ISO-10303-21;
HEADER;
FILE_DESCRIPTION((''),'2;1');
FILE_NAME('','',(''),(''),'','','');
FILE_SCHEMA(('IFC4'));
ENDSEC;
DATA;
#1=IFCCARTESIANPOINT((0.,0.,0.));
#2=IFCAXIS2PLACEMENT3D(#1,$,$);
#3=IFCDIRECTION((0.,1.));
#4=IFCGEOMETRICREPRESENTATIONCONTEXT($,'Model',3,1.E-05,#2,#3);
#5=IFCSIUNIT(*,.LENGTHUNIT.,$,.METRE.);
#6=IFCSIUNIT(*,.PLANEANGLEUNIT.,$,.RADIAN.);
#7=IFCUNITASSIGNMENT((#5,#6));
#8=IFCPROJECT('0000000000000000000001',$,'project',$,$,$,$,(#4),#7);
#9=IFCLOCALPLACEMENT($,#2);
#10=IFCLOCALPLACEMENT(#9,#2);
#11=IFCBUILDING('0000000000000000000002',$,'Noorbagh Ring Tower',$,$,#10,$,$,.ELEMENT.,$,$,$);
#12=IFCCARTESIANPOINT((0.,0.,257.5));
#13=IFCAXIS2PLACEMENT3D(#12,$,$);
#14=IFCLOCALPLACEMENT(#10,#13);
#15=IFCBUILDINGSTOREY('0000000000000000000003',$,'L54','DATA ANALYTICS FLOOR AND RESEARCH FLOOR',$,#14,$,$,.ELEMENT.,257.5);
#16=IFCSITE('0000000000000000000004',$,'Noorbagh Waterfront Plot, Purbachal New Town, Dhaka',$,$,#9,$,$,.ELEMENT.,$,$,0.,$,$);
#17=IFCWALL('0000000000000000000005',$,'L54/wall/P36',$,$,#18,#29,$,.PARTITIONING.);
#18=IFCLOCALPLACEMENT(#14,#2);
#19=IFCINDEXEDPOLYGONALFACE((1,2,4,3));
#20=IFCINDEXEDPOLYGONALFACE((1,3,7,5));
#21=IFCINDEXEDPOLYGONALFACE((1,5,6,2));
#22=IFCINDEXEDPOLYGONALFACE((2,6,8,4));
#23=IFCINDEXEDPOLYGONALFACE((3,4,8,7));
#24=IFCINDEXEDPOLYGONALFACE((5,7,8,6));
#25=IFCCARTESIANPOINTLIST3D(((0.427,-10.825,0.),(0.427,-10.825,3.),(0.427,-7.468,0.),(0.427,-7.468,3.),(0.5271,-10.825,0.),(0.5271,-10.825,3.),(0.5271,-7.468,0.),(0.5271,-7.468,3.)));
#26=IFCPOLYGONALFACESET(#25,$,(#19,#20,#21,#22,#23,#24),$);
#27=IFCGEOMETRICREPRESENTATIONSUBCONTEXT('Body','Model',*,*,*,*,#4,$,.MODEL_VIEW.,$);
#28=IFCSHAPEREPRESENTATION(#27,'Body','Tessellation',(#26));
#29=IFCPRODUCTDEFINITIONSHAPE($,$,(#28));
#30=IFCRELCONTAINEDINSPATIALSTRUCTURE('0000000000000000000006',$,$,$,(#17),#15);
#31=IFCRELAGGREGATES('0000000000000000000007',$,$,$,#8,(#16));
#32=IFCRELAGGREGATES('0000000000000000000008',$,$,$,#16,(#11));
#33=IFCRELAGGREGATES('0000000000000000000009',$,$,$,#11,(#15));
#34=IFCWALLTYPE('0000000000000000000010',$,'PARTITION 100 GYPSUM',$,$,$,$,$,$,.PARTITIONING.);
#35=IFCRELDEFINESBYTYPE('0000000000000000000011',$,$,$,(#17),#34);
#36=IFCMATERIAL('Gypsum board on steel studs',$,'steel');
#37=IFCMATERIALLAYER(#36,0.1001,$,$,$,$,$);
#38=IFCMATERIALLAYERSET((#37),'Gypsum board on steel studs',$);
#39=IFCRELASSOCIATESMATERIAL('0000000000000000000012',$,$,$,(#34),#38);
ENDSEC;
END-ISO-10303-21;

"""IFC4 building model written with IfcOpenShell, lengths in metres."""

from ifc_helpers import new_model, si_unit, direction, frame, frame_2d, origin, place, context, subcontext, project, spatial, rectangle, extrude, material, layer, layer_set, type_object, element, save


model = new_model("IFC4")

# Units and contexts
model_context = context("Model", 3, precision=1e-05, world=origin(), true_north=direction((0.0, 1.0)))
body_context = subcontext(model_context, "Body", "Model", "MODEL_VIEW")
ifc_project = project(units=[si_unit("LENGTHUNIT", "METRE"), si_unit("PLANEANGLEUNIT", "RADIAN")], contexts=[model_context])

# Site, building, storey
site_placement = place(None, origin())
site = spatial("IfcSite", under=ifc_project, at=site_placement, Name="Noorbagh Waterfront Plot, Purbachal New Town, Dhaka", CompositionType="ELEMENT", RefElevation=0.0)
building_placement = place(site_placement, origin())
building = spatial("IfcBuilding", under=site, at=building_placement, Name="Noorbagh Ring Tower", CompositionType="ELEMENT")
storey_placement = place(building_placement, frame((0.0, 0.0, 257.5)))
storey = spatial("IfcBuildingStorey", under=building, at=storey_placement, Name="L54", Description="DATA ANALYTICS FLOOR AND RESEARCH FLOOR", CompositionType="ELEMENT", Elevation=257.5)

# Wall
ifc_material_1 = material(Name="Gypsum board on steel studs", Category="steel")
ifc_layer_1 = layer(ifc_material_1, 0.1001)
ifc_layer_set_1 = layer_set([ifc_layer_1], Name="Gypsum board on steel studs")
wall_type = type_object("IfcWallType", Name="PARTITION 100 GYPSUM", PredefinedType="PARTITIONING", material=ifc_layer_set_1)
wall_placement = place(storey_placement, frame((0.4771, -10.825, 0.0), z_axis=(0.0, 0.0, 1.0), x_axis=(0.0, 1.0, 0.0)))
element("IfcWall", 1, at=wall_placement, inside=storey, type_object=wall_type, Name="L54/wall/P36", PredefinedType="PARTITIONING", context=body_context, shape_type="SweptSolid", body=[
    extrude(rectangle(XDim=3.3569, YDim=0.1001, at=frame_2d((1.6785, 0.0))), origin(), (0.0, 0.0, 1.0), 3.0),
])

save(model, "model.ifc")
